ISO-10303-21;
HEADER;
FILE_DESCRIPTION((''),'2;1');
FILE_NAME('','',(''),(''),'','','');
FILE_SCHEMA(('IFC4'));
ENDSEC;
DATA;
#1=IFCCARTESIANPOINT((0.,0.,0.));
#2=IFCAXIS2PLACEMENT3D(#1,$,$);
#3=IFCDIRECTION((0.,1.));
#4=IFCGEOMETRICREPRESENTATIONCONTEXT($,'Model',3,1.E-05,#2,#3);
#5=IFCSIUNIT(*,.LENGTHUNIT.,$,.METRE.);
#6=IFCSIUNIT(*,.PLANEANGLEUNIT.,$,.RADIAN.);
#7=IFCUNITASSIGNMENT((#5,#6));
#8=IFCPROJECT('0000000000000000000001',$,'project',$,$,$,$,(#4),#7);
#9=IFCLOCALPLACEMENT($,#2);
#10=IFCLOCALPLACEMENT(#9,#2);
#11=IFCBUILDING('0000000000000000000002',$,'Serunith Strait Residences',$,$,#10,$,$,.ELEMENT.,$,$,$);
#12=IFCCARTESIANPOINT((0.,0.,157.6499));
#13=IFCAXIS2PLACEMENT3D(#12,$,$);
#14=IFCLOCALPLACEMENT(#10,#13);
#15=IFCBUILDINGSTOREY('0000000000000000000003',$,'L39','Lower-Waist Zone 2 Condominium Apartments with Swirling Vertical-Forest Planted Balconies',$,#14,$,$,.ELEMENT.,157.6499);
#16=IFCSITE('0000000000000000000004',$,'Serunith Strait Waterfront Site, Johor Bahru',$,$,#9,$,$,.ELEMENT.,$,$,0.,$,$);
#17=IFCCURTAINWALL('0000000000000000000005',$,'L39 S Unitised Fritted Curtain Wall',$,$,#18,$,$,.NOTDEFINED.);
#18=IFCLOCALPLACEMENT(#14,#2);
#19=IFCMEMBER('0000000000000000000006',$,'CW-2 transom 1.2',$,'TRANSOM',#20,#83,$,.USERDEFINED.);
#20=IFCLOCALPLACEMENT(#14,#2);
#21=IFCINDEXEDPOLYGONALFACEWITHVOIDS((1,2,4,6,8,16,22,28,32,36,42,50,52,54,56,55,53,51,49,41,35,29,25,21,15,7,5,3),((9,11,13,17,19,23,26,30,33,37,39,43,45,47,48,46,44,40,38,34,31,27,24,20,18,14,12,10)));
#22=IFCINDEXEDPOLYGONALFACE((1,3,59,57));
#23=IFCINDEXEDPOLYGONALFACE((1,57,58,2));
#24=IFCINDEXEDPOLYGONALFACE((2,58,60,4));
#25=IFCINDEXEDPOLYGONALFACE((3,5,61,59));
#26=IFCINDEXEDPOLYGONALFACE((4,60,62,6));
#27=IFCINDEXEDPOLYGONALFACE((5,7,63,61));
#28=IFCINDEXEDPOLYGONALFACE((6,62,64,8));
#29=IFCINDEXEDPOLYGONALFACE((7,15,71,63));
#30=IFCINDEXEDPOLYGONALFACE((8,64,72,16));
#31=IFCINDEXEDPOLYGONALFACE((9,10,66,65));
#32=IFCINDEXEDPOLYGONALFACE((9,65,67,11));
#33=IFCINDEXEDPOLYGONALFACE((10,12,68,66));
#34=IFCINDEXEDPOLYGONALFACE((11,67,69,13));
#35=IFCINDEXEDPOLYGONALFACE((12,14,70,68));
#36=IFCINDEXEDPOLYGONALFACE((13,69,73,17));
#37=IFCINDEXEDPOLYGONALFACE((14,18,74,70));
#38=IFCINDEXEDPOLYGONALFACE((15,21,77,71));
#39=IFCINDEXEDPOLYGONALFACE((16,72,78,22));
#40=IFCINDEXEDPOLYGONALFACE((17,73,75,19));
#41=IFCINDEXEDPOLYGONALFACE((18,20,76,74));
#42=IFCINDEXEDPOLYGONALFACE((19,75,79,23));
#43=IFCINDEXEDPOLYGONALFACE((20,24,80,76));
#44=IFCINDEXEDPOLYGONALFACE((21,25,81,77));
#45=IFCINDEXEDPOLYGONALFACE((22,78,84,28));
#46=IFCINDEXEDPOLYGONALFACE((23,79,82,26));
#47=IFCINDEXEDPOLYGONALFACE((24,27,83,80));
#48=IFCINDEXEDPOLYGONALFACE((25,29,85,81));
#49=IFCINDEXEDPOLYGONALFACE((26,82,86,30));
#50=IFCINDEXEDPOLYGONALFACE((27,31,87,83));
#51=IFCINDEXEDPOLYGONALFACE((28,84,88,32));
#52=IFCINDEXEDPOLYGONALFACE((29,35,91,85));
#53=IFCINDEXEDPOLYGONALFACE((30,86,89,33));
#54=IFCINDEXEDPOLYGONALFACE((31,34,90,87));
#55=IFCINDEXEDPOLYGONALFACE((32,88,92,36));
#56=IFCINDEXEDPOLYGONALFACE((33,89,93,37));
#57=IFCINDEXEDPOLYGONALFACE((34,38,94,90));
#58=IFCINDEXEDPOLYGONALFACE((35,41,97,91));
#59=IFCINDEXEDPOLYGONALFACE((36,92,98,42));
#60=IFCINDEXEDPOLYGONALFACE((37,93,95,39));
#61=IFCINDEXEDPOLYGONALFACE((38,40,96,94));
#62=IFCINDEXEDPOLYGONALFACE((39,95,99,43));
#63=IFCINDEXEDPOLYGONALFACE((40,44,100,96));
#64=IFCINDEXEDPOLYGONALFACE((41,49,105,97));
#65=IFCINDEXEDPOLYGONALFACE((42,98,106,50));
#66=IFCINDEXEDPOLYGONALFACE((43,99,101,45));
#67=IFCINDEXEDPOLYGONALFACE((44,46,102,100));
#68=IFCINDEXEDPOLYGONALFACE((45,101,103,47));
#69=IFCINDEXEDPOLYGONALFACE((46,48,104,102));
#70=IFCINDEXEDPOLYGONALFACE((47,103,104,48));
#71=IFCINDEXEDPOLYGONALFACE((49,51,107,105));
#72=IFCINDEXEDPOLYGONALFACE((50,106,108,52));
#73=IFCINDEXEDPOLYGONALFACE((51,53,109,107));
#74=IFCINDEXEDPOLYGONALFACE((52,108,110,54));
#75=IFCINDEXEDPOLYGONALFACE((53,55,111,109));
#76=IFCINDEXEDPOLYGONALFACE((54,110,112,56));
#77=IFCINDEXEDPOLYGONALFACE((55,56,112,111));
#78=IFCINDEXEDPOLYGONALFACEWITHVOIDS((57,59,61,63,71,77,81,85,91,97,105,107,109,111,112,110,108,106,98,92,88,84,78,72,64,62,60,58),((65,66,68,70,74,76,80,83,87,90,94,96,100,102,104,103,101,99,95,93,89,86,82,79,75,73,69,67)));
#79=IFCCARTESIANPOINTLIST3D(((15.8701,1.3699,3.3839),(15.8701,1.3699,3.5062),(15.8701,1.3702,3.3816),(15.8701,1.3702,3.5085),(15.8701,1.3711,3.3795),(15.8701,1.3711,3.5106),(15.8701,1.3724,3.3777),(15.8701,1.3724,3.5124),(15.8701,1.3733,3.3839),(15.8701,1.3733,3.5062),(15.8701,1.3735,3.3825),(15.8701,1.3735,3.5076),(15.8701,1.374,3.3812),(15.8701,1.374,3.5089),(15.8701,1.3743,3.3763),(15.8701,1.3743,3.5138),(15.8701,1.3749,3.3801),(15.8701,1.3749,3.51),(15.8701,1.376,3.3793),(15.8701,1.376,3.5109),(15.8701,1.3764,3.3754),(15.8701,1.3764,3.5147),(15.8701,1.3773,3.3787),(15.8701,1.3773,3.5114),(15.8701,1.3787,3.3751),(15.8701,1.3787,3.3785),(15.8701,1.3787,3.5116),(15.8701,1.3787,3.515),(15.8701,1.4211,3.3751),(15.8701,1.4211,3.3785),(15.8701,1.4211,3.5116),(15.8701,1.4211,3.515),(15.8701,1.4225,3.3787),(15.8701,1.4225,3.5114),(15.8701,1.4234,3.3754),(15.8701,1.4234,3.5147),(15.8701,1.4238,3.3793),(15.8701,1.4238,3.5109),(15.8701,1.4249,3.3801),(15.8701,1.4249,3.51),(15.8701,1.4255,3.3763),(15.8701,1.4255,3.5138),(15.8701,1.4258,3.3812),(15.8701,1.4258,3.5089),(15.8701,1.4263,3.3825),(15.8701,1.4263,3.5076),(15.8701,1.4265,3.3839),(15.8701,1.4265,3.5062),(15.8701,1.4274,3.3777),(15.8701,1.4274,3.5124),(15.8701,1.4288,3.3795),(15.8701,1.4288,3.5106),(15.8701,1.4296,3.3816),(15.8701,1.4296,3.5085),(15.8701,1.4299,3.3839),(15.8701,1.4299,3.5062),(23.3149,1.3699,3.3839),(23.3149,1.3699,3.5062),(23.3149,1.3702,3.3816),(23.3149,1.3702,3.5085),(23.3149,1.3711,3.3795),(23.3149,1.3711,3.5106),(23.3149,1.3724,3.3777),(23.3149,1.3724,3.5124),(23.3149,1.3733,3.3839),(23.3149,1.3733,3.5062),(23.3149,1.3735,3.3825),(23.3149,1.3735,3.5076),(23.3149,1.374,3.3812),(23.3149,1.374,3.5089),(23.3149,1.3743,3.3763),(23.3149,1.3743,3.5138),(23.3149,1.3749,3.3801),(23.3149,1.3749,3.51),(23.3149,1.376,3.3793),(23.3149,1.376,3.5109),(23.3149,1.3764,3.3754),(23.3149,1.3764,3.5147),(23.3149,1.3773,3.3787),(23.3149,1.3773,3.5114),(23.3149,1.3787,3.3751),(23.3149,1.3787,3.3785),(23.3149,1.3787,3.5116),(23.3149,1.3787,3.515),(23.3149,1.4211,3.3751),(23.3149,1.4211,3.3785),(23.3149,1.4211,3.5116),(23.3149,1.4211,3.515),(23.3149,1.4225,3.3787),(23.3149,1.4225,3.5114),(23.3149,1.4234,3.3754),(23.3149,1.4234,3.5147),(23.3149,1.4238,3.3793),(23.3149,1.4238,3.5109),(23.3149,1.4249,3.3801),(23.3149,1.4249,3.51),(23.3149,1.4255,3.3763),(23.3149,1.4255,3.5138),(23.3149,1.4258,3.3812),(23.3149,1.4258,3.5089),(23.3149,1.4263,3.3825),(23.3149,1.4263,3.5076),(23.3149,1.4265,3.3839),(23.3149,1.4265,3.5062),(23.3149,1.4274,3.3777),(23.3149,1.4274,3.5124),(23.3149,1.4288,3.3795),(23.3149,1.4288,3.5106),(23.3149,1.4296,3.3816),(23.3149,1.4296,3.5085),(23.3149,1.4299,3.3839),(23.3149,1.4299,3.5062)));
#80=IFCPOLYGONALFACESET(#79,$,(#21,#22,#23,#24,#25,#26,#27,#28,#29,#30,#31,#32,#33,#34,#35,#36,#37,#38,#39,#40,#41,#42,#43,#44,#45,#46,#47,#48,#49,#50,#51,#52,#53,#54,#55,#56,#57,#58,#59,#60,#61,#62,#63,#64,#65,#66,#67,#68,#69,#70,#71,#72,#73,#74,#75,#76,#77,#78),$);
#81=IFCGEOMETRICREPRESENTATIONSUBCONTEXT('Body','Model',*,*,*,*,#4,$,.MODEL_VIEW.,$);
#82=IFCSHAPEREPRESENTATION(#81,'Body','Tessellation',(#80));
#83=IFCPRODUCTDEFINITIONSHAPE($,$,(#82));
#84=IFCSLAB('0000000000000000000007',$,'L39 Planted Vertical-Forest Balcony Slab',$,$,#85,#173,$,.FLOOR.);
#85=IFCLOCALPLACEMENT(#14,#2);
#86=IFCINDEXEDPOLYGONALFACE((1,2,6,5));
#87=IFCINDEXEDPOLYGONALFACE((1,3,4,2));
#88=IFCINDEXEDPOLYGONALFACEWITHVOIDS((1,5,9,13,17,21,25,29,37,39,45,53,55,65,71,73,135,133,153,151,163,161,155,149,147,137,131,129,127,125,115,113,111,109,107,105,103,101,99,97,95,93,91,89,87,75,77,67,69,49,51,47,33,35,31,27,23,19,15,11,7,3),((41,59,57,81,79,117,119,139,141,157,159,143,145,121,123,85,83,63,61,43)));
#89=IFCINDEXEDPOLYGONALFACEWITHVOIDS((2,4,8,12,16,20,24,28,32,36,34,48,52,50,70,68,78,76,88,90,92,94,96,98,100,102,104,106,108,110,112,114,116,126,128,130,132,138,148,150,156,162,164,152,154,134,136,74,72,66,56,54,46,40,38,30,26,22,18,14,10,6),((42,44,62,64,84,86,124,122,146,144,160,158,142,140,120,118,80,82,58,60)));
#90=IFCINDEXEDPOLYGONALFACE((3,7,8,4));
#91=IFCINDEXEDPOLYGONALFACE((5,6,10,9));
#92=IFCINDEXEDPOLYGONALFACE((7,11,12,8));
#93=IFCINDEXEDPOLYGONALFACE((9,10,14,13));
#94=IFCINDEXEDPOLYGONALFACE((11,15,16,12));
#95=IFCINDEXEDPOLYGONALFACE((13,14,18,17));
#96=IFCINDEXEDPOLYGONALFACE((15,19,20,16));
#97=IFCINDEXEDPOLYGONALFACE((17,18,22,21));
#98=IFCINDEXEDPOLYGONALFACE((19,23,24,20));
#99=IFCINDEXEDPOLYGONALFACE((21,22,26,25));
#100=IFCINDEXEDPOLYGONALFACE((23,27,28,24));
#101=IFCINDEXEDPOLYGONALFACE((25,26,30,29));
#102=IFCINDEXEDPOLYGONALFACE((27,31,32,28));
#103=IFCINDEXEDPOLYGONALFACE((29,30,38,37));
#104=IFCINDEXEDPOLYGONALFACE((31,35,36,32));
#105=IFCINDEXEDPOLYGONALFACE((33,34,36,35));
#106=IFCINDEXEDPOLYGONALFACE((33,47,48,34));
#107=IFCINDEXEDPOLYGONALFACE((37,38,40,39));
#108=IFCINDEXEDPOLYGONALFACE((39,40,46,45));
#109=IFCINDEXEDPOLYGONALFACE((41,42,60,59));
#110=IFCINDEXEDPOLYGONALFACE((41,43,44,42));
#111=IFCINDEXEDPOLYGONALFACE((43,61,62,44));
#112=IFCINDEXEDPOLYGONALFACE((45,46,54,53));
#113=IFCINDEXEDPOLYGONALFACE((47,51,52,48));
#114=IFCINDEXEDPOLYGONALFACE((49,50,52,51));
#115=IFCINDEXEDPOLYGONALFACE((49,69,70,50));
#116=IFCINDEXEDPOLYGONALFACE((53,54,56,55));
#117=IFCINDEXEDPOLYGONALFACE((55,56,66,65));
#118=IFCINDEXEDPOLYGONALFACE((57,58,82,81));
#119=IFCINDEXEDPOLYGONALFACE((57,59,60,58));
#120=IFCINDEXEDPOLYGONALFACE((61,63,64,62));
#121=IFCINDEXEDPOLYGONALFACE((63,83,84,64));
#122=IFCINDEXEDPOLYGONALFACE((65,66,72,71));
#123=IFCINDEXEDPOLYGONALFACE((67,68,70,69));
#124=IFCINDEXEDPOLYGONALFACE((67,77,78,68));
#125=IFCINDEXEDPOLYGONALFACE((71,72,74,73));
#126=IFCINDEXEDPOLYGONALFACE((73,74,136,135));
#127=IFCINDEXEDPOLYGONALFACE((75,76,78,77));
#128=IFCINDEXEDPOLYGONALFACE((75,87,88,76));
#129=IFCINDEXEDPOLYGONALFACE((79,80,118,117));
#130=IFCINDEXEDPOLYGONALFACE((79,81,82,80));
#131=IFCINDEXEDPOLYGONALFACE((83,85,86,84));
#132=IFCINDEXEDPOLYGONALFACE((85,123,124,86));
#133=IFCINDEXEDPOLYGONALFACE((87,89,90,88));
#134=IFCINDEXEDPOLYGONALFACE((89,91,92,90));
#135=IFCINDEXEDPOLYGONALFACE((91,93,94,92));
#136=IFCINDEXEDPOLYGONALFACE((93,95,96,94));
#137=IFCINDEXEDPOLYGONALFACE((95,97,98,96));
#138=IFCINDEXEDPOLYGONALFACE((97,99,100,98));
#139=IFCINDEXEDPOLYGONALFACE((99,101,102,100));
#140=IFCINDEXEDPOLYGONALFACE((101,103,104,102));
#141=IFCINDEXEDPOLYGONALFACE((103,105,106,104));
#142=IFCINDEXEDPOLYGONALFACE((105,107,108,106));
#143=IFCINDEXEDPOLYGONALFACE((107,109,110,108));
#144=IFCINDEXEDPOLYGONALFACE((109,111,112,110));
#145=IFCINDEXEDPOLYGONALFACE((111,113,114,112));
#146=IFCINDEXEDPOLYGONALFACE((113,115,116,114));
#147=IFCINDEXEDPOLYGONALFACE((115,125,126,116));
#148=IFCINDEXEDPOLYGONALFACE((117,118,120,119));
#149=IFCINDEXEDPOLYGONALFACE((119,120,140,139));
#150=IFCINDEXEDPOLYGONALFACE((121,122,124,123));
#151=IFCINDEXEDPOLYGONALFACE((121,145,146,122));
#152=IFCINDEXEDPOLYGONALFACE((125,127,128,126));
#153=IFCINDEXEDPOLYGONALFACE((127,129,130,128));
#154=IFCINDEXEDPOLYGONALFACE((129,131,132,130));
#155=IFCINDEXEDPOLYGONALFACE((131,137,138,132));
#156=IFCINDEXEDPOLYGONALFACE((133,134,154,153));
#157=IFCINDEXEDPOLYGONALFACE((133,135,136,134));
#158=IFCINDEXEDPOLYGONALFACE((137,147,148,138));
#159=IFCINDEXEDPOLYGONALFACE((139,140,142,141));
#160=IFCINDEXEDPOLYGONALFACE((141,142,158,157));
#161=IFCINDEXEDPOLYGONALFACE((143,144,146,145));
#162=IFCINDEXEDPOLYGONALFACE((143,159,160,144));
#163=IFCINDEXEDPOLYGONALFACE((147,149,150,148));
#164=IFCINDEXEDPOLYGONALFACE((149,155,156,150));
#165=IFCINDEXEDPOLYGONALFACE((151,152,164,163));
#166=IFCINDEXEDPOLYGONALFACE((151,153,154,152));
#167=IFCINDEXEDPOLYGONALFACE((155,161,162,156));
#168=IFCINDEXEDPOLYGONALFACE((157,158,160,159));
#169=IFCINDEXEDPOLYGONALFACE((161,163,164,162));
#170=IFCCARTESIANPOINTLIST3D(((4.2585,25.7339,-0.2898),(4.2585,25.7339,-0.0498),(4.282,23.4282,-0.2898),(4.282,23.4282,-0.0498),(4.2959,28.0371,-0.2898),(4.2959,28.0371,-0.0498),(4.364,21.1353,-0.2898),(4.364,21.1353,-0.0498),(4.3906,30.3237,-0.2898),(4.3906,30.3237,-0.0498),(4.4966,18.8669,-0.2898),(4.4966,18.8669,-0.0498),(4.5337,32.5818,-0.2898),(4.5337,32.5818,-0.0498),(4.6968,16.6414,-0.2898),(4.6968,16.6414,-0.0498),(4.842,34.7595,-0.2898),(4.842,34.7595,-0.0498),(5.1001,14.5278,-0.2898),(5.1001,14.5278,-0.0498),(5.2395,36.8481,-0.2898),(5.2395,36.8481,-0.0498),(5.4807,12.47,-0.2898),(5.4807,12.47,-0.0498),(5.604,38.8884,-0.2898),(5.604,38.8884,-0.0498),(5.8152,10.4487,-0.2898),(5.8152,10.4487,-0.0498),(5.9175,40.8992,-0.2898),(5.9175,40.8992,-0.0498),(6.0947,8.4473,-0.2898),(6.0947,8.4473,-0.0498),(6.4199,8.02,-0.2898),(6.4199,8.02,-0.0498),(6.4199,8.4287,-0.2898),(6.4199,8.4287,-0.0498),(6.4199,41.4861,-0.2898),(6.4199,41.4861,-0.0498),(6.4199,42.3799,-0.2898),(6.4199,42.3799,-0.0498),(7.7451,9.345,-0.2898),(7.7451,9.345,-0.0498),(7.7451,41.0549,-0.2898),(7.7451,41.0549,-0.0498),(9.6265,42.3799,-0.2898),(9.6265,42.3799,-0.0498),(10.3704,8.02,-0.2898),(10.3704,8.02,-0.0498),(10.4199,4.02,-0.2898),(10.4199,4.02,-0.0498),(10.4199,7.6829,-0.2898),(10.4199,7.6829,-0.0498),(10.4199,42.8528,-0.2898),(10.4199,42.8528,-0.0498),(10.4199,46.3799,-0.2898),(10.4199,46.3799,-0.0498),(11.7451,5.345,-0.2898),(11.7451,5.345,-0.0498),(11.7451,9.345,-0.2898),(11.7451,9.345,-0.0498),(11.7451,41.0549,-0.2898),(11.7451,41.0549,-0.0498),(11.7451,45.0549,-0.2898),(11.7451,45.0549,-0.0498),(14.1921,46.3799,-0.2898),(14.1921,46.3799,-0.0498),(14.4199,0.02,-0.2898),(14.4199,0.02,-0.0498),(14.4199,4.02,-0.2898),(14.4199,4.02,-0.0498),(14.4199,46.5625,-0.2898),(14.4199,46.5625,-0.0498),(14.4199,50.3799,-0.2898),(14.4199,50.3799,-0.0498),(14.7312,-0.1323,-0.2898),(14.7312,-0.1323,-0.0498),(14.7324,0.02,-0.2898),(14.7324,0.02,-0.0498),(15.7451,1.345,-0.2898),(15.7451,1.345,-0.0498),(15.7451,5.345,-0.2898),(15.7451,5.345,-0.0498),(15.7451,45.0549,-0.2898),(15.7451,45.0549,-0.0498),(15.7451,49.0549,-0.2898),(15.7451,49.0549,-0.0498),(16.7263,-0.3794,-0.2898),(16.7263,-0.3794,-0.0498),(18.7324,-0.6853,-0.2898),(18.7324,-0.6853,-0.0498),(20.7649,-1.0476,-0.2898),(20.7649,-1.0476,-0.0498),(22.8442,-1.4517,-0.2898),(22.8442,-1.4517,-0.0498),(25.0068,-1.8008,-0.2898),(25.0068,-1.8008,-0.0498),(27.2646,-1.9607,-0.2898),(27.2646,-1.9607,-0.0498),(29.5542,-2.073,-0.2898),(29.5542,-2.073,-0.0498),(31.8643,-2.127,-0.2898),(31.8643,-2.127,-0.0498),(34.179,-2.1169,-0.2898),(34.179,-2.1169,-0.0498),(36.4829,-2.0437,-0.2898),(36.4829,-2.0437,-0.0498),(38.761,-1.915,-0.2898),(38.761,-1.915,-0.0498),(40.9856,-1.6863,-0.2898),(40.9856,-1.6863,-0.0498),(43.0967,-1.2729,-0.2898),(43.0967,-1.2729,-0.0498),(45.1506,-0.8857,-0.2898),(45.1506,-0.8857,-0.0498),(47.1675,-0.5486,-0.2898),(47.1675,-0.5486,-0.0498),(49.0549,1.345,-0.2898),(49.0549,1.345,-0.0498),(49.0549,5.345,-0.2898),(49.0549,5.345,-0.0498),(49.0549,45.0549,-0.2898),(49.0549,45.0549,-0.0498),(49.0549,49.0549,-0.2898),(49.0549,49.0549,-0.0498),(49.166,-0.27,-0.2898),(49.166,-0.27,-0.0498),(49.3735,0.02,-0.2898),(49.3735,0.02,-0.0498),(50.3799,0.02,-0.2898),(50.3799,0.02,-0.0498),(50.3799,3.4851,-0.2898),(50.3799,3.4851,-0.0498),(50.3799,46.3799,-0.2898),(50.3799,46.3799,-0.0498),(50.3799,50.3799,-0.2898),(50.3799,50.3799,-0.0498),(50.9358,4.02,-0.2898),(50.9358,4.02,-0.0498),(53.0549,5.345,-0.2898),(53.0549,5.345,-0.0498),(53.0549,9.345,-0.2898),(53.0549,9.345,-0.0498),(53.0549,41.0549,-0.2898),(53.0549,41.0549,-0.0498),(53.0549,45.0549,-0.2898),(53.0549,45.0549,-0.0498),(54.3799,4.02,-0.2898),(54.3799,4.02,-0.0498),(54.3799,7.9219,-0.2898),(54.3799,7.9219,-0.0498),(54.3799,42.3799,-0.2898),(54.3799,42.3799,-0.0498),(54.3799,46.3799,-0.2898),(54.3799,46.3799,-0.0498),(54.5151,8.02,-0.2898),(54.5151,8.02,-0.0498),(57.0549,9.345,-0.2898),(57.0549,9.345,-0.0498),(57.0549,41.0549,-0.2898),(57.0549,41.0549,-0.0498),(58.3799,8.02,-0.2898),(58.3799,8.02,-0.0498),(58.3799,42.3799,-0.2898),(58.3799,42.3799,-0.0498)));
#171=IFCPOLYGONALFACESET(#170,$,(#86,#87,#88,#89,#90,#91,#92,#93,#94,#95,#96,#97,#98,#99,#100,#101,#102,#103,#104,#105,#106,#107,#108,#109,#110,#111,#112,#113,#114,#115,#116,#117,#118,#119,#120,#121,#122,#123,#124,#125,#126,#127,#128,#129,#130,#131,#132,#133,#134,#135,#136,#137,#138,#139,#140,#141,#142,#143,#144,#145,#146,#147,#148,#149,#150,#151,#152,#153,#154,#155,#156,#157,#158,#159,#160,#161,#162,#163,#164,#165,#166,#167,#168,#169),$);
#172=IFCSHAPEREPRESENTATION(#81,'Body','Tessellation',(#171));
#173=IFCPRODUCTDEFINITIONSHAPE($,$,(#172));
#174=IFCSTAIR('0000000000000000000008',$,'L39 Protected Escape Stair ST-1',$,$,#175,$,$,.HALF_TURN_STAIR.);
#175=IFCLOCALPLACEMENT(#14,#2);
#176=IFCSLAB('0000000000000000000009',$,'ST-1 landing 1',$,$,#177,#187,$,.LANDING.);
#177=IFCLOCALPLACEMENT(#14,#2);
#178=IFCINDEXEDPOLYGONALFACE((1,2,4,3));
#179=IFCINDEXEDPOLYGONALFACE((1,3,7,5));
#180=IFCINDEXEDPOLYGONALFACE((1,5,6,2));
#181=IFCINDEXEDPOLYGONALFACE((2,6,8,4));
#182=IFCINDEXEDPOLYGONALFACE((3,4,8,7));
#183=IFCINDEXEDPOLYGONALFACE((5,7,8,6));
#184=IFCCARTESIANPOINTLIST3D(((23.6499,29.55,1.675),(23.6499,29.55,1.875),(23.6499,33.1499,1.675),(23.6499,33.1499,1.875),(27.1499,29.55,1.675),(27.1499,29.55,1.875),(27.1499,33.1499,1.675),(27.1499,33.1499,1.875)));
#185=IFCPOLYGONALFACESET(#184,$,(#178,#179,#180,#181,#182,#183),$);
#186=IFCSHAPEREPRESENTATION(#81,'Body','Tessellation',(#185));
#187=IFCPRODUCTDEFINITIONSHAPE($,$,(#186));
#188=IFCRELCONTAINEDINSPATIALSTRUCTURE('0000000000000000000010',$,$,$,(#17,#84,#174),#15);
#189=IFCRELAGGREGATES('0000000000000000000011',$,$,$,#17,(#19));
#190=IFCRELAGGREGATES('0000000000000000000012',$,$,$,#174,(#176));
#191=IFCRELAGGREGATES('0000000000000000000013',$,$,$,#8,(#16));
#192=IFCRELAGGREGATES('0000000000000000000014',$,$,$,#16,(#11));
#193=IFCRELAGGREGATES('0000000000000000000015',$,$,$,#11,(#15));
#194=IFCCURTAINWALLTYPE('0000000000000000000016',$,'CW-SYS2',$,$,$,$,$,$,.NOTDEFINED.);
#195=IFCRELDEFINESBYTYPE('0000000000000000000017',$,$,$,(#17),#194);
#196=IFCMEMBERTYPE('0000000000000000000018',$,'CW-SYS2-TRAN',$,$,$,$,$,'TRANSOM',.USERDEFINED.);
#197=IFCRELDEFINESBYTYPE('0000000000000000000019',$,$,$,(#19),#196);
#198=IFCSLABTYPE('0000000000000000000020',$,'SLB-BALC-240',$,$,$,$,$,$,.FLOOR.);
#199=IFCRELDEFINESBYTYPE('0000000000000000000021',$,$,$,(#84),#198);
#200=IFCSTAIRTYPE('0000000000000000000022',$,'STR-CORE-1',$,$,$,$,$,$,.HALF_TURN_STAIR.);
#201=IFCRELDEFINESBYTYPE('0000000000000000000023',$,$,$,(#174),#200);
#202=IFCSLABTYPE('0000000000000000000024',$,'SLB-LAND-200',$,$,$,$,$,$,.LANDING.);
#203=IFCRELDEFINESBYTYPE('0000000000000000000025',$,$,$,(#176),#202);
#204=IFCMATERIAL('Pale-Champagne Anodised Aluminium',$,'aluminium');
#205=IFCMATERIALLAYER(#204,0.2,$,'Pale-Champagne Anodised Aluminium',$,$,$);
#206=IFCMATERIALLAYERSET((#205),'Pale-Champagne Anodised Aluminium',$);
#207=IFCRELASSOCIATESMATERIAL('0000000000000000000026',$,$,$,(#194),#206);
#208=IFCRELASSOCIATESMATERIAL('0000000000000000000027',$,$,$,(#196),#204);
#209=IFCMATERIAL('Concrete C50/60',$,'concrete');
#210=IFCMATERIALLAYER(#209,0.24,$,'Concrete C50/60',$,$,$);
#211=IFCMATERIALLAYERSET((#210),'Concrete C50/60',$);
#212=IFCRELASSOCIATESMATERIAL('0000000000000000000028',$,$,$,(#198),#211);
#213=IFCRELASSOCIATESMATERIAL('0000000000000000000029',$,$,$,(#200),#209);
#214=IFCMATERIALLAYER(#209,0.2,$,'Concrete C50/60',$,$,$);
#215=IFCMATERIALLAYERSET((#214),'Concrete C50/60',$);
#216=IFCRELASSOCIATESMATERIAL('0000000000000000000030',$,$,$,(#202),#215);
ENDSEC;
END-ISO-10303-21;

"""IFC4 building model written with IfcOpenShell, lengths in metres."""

from ifc_helpers import new_model, si_unit, direction, frame, origin, origin_2d, place, context, subcontext, project, spatial, polyline, hollow_rectangle, outline, extrude, source, transform, mapped, material, layer, layer_set, material_profile, profile_set, type_object, element, aggregate, save


model = new_model("IFC4")

# Units and contexts
model_context = context("Model", 3, precision=1e-05, world=origin(), true_north=direction((0.0, 1.0)))
body_context = subcontext(model_context, "Body", "Model", "MODEL_VIEW")
ifc_project = project(units=[si_unit("LENGTHUNIT", "METRE"), si_unit("PLANEANGLEUNIT", "RADIAN")], contexts=[model_context])

# Site, building, storey
site_placement = place(None, origin())
site = spatial("IfcSite", under=ifc_project, at=site_placement, Name="Serunith Strait Waterfront Site, Johor Bahru", CompositionType="ELEMENT", RefElevation=0.0)
building_placement = place(site_placement, origin())
building = spatial("IfcBuilding", under=site, at=building_placement, Name="Serunith Strait Residences", CompositionType="ELEMENT")
storey_placement = place(building_placement, frame((0.0, 0.0, 157.6499)))
storey = spatial("IfcBuildingStorey", under=building, at=storey_placement, Name="L39", Description="Lower-Waist Zone 2 Condominium Apartments with Swirling Vertical-Forest Planted Balconies", CompositionType="ELEMENT", Elevation=157.6499)

# Curtain wall
ifc_material_1 = material(Name="Pale-Champagne Anodised Aluminium", Category="aluminium")
ifc_layer_1 = layer(ifc_material_1, 0.2, Name="Pale-Champagne Anodised Aluminium")
ifc_layer_set_1 = layer_set([ifc_layer_1], Name="Pale-Champagne Anodised Aluminium")
curtain_wall_type = type_object("IfcCurtainWallType", Name="CW-SYS2", PredefinedType="NOTDEFINED", material=ifc_layer_set_1)
curtain_wall_1_placement = place(storey_placement, origin())
curtain_wall_1 = element("IfcCurtainWall", 1, at=curtain_wall_1_placement, inside=storey, type_object=curtain_wall_type, Name="L39 S Unitised Fritted Curtain Wall", PredefinedType="NOTDEFINED")

# Member
ifc_material_profile_1 = material_profile(ifc_material_1, hollow_rectangle(XDim=0.0601, YDim=0.1399, WallThickness=0.0034, InnerFilletRadius=0.0054, OuterFilletRadius=0.0088, at=origin_2d()), Name="ALU 140x60x3.5")
ifc_profile_set_1 = profile_set([ifc_material_profile_1], Name="Pale-Champagne Anodised Aluminium")
member_type_1 = type_object("IfcMemberType", Name="CW-SYS2-TRAN", ElementType="TRANSOM", PredefinedType="USERDEFINED", material=ifc_profile_set_1)
shared_shape_1 = source(origin(), body_context, "Body", "SweptSolid", [
    extrude(hollow_rectangle(XDim=0.0601, YDim=0.1399, WallThickness=0.0034, InnerFilletRadius=0.0054, OuterFilletRadius=0.0088, at=origin_2d()), origin(), (0.0, 0.0, 1.0), 7.4448),
])
member_1_placement = place(storey_placement, frame((15.8701, 1.3999, 3.4451), z_axis=(1.0, 0.0, 0.0), x_axis=(0.0, 1.0, 0.0)))
member_1 = element("IfcMember", 2, at=member_1_placement, type_object=member_type_1, Name="CW-2 transom 1.2", ObjectType="TRANSOM", PredefinedType="USERDEFINED", context=body_context, shape_type="MappedRepresentation", body=[
    mapped(shared_shape_1, transform((0.0, 0.0, 0.0), scale=1.0)),
])
aggregate(curtain_wall_1, [member_1])

# Slab
ifc_material_2 = material(Name="Concrete C50/60", Category="concrete")
ifc_layer_2 = layer(ifc_material_2, 0.24, Name="Concrete C50/60")
ifc_layer_set_2 = layer_set([ifc_layer_2], Name="Concrete C50/60")
slab_type_1 = type_object("IfcSlabType", Name="SLB-BALC-240", PredefinedType="FLOOR", material=ifc_layer_set_2)
slab_1_placement = place(storey_placement, frame((0.0, 0.0, -0.2898)))
element("IfcSlab", 3, at=slab_1_placement, inside=storey, type_object=slab_type_1, Name="L39 Planted Vertical-Forest Balcony Slab", PredefinedType="FLOOR", context=body_context, shape_type="SweptSolid", body=[
    extrude(outline(polyline([(14.4199, 0.02), (14.4199, 4.02), (10.4199, 4.02), (10.4199, 7.6829), (10.3704, 8.02), (6.4199, 8.02), (6.4199, 8.4287), (6.0947, 8.4473), (5.8152, 10.4487), (5.4807, 12.47), (5.1001, 14.5278), (4.6968, 16.6414), (4.4966, 18.8669), (4.364, 21.1353), (4.282, 23.4282), (4.2585, 25.7339), (4.2959, 28.0371), (4.3906, 30.3237), (4.5337, 32.5818), (4.842, 34.7595), (5.2395, 36.8481), (5.604, 38.8884), (5.9175, 40.8992), (6.4199, 41.4861), (6.4199, 42.3799), (9.6265, 42.3799), (10.4199, 42.8528), (10.4199, 46.3799), (14.1921, 46.3799), (14.4199, 46.5625), (14.4199, 50.3799), (50.3799, 50.3799), (50.3799, 46.3799), (54.3799, 46.3799), (54.3799, 42.3799), (58.3799, 42.3799), (58.3799, 8.02), (54.5151, 8.02), (54.3799, 7.9219), (54.3799, 4.02), (50.9358, 4.02), (50.3799, 3.4851), (50.3799, 0.02), (49.3735, 0.02), (49.166, -0.27), (47.1675, -0.5486), (45.1506, -0.8857), (43.0967, -1.2729), (40.9856, -1.6863), (38.761, -1.915), (36.4829, -2.0437), (34.179, -2.1169), (31.8643, -2.127), (29.5542, -2.073), (27.2646, -1.9607), (25.0068, -1.8008), (22.8442, -1.4517), (20.7649, -1.0476), (18.7324, -0.6853), (16.7263, -0.3794), (14.7312, -0.1323), (14.7324, 0.02), (14.4199, 0.02)]), holes=[polyline([(49.0549, 1.345), (49.0549, 5.345), (53.0549, 5.345), (53.0549, 9.345), (57.0549, 9.345), (57.0549, 41.0549), (53.0549, 41.0549), (53.0549, 45.0549), (49.0549, 45.0549), (49.0549, 49.0549), (15.7451, 49.0549), (15.7451, 45.0549), (11.7451, 45.0549), (11.7451, 41.0549), (7.7451, 41.0549), (7.7451, 9.345), (11.7451, 9.345), (11.7451, 5.345), (15.7451, 5.345), (15.7451, 1.345), (49.0549, 1.345)])]), origin(), (0.0, 0.0, 1.0), 0.24),
])

# Stair, slab
stair_type_1 = type_object("IfcStairType", Name="STR-CORE-1", PredefinedType="HALF_TURN_STAIR", material=ifc_material_2)
stair_1_placement = place(storey_placement, origin())
stair_1 = element("IfcStair", 4, at=stair_1_placement, inside=storey, type_object=stair_type_1, Name="L39 Protected Escape Stair ST-1", PredefinedType="HALF_TURN_STAIR")
ifc_layer_3 = layer(ifc_material_2, 0.2, Name="Concrete C50/60")
ifc_layer_set_3 = layer_set([ifc_layer_3], Name="Concrete C50/60")
slab_type_2 = type_object("IfcSlabType", Name="SLB-LAND-200", PredefinedType="LANDING", material=ifc_layer_set_3)
slab_2_placement = place(storey_placement, frame((0.0, 0.0, 1.675)))
slab_2 = element("IfcSlab", 5, at=slab_2_placement, type_object=slab_type_2, Name="ST-1 landing 1", PredefinedType="LANDING", context=body_context, shape_type="SweptSolid", body=[
    extrude(outline(polyline([(27.1499, 29.55), (27.1499, 33.1499), (23.6499, 33.1499), (23.6499, 29.55), (27.1499, 29.55)])), origin(), (0.0, 0.0, 1.0), 0.2),
])
aggregate(stair_1, [slab_2])

save(model, "model.ifc")
